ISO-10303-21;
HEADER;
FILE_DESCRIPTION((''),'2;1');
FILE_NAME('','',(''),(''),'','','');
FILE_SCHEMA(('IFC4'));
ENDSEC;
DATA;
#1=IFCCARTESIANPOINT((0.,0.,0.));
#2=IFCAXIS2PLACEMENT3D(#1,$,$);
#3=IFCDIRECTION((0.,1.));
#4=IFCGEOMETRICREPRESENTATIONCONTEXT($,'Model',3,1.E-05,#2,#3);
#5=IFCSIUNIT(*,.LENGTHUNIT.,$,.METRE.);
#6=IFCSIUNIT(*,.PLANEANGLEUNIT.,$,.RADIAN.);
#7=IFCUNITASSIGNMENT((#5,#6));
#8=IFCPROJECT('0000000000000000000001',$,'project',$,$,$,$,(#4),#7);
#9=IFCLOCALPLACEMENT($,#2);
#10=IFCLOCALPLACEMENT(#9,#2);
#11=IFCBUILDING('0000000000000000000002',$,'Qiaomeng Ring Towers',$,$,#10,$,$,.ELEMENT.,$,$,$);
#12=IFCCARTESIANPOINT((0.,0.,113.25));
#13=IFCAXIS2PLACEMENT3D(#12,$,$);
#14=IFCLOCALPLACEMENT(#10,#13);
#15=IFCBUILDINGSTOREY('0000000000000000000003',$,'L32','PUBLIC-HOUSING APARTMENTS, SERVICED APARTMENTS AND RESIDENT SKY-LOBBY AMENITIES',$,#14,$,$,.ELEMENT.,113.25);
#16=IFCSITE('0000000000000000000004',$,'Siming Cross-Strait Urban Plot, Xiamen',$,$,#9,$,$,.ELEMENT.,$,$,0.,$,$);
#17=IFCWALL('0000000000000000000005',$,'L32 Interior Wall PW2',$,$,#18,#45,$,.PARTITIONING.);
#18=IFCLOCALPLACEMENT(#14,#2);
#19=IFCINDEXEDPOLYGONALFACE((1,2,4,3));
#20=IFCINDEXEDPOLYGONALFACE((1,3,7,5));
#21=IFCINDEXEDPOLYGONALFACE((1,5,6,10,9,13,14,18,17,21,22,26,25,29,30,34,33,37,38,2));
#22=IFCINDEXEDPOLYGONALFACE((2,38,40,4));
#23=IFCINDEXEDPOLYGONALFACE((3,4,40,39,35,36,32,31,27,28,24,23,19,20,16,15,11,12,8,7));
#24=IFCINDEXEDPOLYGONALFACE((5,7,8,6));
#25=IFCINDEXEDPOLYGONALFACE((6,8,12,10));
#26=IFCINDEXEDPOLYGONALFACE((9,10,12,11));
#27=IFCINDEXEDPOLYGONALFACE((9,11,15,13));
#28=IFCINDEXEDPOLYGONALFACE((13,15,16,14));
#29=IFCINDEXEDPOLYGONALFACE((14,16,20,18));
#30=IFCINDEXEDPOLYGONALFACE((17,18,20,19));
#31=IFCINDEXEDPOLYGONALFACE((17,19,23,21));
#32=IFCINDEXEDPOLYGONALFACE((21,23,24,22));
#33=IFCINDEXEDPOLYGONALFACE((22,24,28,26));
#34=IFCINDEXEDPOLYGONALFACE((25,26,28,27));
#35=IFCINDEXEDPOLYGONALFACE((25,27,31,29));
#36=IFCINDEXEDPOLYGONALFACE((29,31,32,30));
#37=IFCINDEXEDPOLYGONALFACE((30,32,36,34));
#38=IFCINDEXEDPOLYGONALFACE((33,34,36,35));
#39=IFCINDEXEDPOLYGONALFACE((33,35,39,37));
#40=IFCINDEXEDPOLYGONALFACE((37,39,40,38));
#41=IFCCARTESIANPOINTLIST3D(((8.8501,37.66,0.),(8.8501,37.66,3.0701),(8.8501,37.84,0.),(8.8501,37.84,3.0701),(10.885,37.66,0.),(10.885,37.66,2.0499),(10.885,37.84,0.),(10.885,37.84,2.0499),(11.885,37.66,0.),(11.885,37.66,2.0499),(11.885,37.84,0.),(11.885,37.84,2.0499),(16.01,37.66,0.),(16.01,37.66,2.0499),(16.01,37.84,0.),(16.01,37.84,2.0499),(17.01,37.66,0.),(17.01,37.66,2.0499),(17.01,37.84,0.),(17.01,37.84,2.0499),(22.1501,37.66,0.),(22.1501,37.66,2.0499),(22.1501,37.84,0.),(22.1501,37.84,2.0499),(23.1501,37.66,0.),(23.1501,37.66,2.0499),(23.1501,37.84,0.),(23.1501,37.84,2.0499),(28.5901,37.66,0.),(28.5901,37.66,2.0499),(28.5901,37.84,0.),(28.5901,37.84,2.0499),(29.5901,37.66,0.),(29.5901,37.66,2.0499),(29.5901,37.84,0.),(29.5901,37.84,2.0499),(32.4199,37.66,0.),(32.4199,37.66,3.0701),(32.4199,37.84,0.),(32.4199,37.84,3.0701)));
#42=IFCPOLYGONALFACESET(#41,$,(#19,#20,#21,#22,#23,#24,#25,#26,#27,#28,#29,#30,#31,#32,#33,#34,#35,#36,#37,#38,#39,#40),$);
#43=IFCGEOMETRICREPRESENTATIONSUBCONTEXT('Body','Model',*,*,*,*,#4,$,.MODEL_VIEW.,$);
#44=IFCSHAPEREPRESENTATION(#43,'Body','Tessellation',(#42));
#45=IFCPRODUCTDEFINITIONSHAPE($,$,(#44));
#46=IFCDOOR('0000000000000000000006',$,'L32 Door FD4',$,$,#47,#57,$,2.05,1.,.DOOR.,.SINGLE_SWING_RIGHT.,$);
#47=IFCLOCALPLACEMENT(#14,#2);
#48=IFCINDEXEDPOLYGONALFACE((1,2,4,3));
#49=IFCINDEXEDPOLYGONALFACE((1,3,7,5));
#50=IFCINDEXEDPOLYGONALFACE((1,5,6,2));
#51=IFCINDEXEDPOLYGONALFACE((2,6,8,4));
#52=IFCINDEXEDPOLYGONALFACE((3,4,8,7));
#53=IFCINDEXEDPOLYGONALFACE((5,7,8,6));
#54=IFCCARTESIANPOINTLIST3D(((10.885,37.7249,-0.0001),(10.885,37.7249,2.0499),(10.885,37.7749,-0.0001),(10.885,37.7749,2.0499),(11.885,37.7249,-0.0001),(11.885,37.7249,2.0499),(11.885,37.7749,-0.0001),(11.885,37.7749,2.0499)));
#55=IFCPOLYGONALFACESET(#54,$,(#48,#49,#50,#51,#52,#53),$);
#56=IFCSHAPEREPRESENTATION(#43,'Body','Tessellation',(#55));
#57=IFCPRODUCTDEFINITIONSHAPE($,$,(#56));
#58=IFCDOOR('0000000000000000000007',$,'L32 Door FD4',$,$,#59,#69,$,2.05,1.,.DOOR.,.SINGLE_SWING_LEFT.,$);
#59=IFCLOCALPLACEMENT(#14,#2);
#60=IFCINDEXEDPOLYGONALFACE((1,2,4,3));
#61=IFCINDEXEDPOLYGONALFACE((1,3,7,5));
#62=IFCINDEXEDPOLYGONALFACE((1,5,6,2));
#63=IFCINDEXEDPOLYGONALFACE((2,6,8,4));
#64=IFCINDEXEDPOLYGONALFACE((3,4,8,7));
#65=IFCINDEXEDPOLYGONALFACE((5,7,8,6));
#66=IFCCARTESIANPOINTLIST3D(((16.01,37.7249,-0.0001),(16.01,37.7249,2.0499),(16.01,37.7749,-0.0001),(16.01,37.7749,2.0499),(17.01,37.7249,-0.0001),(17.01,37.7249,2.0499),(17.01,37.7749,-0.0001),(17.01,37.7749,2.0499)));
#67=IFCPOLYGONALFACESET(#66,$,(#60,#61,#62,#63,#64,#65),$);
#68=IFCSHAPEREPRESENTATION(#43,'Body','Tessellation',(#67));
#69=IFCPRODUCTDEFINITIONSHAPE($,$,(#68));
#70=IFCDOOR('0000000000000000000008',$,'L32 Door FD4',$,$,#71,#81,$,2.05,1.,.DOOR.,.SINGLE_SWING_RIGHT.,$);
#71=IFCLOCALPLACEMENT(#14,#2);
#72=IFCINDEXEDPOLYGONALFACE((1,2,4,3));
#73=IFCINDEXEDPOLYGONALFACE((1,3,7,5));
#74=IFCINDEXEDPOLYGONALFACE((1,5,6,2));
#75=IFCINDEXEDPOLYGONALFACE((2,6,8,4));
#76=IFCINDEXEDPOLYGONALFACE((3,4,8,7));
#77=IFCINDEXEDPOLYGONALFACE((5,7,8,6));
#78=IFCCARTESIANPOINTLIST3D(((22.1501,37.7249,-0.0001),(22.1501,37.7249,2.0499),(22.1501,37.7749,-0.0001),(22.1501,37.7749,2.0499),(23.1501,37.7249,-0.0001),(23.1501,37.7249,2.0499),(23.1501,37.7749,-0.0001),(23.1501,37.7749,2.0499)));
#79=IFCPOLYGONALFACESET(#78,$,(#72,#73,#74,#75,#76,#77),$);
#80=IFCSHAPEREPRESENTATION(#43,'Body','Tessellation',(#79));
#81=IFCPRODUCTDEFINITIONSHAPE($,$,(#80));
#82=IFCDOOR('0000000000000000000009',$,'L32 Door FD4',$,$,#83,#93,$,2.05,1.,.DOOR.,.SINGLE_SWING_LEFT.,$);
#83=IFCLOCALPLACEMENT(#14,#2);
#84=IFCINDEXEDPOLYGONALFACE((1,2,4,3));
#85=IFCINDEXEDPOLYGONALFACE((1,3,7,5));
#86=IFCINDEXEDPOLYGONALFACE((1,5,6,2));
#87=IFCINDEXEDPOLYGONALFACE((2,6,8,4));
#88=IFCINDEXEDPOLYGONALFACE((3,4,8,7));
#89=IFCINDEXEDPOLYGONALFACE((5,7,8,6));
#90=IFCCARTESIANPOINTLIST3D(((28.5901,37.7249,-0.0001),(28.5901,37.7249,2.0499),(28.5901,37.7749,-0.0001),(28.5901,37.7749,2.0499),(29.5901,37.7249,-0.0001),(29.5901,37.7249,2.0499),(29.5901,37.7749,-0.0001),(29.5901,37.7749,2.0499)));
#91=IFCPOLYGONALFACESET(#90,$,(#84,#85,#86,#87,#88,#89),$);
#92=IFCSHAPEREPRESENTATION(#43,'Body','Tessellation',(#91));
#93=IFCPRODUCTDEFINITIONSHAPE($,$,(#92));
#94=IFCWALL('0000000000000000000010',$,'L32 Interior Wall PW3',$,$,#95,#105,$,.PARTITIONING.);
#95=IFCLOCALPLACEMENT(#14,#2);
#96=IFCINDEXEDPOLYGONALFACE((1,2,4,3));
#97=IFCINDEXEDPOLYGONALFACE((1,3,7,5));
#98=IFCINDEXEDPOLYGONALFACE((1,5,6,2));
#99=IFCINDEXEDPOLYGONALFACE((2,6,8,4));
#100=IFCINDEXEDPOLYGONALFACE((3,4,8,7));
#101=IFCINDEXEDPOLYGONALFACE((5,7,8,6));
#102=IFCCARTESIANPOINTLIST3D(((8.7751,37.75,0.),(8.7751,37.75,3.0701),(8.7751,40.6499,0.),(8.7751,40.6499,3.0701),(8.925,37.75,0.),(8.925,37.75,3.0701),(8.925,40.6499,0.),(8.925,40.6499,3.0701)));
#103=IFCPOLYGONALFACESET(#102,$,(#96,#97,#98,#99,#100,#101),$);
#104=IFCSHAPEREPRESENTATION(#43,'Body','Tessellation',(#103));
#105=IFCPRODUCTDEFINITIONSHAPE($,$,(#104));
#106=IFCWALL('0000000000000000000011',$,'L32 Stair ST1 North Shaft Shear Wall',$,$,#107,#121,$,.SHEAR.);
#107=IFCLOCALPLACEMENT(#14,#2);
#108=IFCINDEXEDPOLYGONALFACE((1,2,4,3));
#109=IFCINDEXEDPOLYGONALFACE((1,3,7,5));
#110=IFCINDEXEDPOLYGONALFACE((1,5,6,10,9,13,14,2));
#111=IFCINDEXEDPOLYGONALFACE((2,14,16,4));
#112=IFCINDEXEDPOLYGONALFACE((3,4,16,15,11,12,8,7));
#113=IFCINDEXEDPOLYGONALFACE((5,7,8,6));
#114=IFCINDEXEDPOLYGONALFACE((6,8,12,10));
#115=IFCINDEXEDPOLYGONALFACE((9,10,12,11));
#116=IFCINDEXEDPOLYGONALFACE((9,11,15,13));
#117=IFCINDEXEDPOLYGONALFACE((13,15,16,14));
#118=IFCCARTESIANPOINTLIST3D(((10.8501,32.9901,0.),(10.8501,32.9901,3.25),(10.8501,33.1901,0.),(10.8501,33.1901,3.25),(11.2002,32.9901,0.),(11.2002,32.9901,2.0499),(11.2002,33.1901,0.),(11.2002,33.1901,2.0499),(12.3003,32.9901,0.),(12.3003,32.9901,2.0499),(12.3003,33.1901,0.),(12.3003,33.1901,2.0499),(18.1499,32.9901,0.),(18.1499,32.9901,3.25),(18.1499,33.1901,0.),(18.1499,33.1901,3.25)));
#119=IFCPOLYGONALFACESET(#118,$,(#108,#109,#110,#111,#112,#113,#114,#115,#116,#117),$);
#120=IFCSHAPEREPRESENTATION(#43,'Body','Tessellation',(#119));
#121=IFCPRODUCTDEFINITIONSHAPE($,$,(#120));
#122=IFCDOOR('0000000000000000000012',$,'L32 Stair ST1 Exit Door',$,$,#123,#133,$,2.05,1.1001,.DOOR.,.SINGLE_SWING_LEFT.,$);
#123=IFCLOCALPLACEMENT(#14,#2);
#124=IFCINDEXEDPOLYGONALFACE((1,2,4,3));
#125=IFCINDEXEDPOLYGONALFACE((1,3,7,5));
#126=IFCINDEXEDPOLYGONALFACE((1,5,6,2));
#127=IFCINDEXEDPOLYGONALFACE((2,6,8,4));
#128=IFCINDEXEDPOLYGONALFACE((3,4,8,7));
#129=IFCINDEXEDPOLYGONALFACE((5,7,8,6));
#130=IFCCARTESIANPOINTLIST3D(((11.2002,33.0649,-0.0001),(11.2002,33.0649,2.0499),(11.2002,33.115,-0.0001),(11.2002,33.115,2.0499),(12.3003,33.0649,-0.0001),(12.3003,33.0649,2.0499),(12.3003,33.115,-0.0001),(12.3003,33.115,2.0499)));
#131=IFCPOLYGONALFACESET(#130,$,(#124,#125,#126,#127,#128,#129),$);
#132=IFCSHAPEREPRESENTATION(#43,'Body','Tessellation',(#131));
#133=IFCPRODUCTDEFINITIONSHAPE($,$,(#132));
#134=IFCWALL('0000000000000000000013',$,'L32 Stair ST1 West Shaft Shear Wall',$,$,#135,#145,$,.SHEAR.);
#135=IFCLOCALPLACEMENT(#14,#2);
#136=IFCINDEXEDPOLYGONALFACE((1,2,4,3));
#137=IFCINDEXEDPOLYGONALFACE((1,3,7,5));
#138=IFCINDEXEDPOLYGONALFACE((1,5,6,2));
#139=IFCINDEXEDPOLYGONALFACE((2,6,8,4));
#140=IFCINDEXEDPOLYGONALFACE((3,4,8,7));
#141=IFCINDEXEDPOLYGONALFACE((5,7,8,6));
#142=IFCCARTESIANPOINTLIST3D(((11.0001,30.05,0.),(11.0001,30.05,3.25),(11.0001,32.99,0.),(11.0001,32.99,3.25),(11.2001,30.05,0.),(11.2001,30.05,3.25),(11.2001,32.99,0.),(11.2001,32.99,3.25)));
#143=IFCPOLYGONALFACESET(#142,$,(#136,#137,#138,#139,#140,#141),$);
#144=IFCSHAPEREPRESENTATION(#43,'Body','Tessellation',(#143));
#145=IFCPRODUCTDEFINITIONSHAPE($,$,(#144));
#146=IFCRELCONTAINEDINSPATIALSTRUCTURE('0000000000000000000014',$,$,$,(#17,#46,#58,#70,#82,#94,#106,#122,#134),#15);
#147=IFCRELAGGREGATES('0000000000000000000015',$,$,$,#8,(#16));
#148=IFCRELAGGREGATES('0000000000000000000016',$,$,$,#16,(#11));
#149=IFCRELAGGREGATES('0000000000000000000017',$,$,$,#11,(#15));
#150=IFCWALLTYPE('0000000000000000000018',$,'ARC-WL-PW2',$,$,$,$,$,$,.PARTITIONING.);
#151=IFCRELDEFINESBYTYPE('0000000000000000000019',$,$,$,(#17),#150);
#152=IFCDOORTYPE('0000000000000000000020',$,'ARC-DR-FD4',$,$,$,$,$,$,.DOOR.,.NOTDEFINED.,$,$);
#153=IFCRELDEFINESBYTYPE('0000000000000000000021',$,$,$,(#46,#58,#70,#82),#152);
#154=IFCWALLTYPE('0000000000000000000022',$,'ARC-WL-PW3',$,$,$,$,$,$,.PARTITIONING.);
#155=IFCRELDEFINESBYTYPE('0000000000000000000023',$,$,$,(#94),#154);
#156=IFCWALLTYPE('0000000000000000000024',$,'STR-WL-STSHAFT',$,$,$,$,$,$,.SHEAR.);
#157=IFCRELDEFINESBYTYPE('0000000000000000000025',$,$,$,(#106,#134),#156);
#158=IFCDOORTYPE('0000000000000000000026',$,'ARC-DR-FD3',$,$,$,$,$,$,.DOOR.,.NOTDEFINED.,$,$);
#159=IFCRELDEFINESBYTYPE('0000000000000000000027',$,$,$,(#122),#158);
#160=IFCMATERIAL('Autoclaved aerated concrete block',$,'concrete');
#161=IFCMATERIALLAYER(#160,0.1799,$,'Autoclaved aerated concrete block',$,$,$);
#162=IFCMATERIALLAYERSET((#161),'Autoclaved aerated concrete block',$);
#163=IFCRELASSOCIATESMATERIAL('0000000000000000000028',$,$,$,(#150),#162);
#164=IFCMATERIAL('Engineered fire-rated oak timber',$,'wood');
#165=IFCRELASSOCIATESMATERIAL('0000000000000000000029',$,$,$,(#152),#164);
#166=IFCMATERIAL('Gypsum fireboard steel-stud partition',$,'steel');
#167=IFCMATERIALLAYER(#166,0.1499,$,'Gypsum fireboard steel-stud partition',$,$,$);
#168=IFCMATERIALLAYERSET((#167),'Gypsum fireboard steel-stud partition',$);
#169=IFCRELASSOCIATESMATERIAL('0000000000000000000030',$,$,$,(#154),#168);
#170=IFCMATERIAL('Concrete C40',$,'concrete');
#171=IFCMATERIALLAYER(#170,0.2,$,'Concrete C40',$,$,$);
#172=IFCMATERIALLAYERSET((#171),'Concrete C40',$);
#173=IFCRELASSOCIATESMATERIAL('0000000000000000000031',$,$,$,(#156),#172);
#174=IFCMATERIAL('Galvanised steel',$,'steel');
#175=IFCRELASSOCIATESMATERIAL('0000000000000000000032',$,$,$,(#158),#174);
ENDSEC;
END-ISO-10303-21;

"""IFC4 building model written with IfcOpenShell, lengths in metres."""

from ifc_helpers import new_model, si_unit, direction, frame, frame_2d, origin, place, context, subcontext, project, spatial, rectangle, extrude, source, transform, mapped, material, layer, layer_set, type_object, element, fill, save


model = new_model("IFC4")

# Units and contexts
model_context = context("Model", 3, precision=1e-05, world=origin(), true_north=direction((0.0, 1.0)))
body_context = subcontext(model_context, "Body", "Model", "MODEL_VIEW")
ifc_project = project(units=[si_unit("LENGTHUNIT", "METRE"), si_unit("PLANEANGLEUNIT", "RADIAN")], contexts=[model_context])

# Site, building, storey
site_placement = place(None, origin())
site = spatial("IfcSite", under=ifc_project, at=site_placement, Name="Siming Cross-Strait Urban Plot, Xiamen", CompositionType="ELEMENT", RefElevation=0.0)
building_placement = place(site_placement, origin())
building = spatial("IfcBuilding", under=site, at=building_placement, Name="Qiaomeng Ring Towers", CompositionType="ELEMENT")
storey_placement = place(building_placement, frame((0.0, 0.0, 113.25)))
storey = spatial("IfcBuildingStorey", under=building, at=storey_placement, Name="L32", Description="PUBLIC-HOUSING APARTMENTS, SERVICED APARTMENTS AND RESIDENT SKY-LOBBY AMENITIES", CompositionType="ELEMENT", Elevation=113.25)

# Wall, openings, doors
ifc_material_1 = material(Name="Autoclaved aerated concrete block", Category="concrete")
ifc_layer_1 = layer(ifc_material_1, 0.1799, Name="Autoclaved aerated concrete block")
ifc_layer_set_1 = layer_set([ifc_layer_1], Name="Autoclaved aerated concrete block")
wall_type_1 = type_object("IfcWallType", Name="ARC-WL-PW2", PredefinedType="PARTITIONING", material=ifc_layer_set_1)
wall_1_placement = place(storey_placement, frame((8.8501, 37.75, 0.0), z_axis=(0.0, 0.0, 1.0), x_axis=(1.0, 0.0, 0.0)))
wall_1 = element("IfcWall", 1, at=wall_1_placement, inside=storey, type_object=wall_type_1, Name="L32 Interior Wall PW2", PredefinedType="PARTITIONING", context=body_context, shape_type="SweptSolid", body=[
    extrude(rectangle(XDim=23.5698, YDim=0.1799, at=frame_2d((11.7849, 0.0))), origin(), (0.0, 0.0, 1.0), 3.0701),
])
opening_1_placement = place(wall_1_placement, frame((2.0349, 0.0, 0.0)))
opening_1 = element("IfcOpeningElement", 2, at=opening_1_placement, cuts=wall_1, PredefinedType="OPENING", context=body_context, shape_type="SweptSolid", body=[
    extrude(rectangle(XDim=1.0, YDim=2.05, at=frame_2d((0.5, 1.0249))), frame((0.0, 0.0999, 0.0), z_axis=(0.0, -1.0, 0.0), x_axis=(1.0, 0.0, 0.0)), (0.0, 0.0, 1.0), 0.2),
])
opening_2_placement = place(wall_1_placement, frame((7.1599, 0.0, 0.0)))
opening_2 = element("IfcOpeningElement", 3, at=opening_2_placement, cuts=wall_1, PredefinedType="OPENING", context=body_context, shape_type="SweptSolid", body=[
    extrude(rectangle(XDim=1.0, YDim=2.05, at=frame_2d((0.5, 1.0249))), frame((0.0, 0.0999, 0.0), z_axis=(0.0, -1.0, 0.0), x_axis=(1.0, 0.0, 0.0)), (0.0, 0.0, 1.0), 0.2),
])
opening_3_placement = place(wall_1_placement, frame((13.3, 0.0, 0.0)))
opening_3 = element("IfcOpeningElement", 4, at=opening_3_placement, cuts=wall_1, PredefinedType="OPENING", context=body_context, shape_type="SweptSolid", body=[
    extrude(rectangle(XDim=1.0, YDim=2.05, at=frame_2d((0.5, 1.0249))), frame((0.0, 0.0999, 0.0), z_axis=(0.0, -1.0, 0.0), x_axis=(1.0, 0.0, 0.0)), (0.0, 0.0, 1.0), 0.2),
])
opening_4_placement = place(wall_1_placement, frame((19.74, 0.0, 0.0)))
opening_4 = element("IfcOpeningElement", 5, at=opening_4_placement, cuts=wall_1, PredefinedType="OPENING", context=body_context, shape_type="SweptSolid", body=[
    extrude(rectangle(XDim=1.0, YDim=2.05, at=frame_2d((0.5, 1.0249))), frame((0.0, 0.0999, 0.0), z_axis=(0.0, -1.0, 0.0), x_axis=(1.0, 0.0, 0.0)), (0.0, 0.0, 1.0), 0.2),
])
ifc_material_2 = material(Name="Engineered fire-rated oak timber", Category="wood")
door_type_1 = type_object("IfcDoorType", Name="ARC-DR-FD4", OperationType="NOTDEFINED", PredefinedType="DOOR", material=ifc_material_2)
shared_shape_1 = source(origin(), body_context, "Body", "SweptSolid", [
    extrude(rectangle(XDim=1.0, YDim=2.05, at=frame_2d((0.5, 1.0249))), frame((0.0, 0.0249, 0.0), z_axis=(0.0, -1.0, 0.0), x_axis=(1.0, 0.0, 0.0)), (0.0, 0.0, 1.0), 0.05),
])
door_1_placement = place(opening_1_placement, origin())
door_1 = element("IfcDoor", 6, at=door_1_placement, inside=storey, type_object=door_type_1, Name="L32 Door FD4", OperationType="SINGLE_SWING_RIGHT", OverallHeight=2.05, OverallWidth=1.0, PredefinedType="DOOR", context=body_context, shape_type="MappedRepresentation", body=[
    mapped(shared_shape_1, transform((0.0, 0.0, 0.0), x_axis=(1.0, 0.0, 0.0), y_axis=(0.0, 1.0, 0.0), z_axis=(0.0, 0.0, 1.0), scale=1.0)),
])
fill(opening_1, door_1)
door_2_placement = place(opening_2_placement, origin())
door_2 = element("IfcDoor", 7, at=door_2_placement, inside=storey, type_object=door_type_1, Name="L32 Door FD4", OperationType="SINGLE_SWING_LEFT", OverallHeight=2.05, OverallWidth=1.0, PredefinedType="DOOR", context=body_context, shape_type="MappedRepresentation", body=[
    mapped(shared_shape_1, transform((0.0, 0.0, 0.0), x_axis=(1.0, 0.0, 0.0), y_axis=(0.0, 1.0, 0.0), z_axis=(0.0, 0.0, 1.0), scale=1.0)),
])
fill(opening_2, door_2)
door_3_placement = place(opening_3_placement, origin())
door_3 = element("IfcDoor", 8, at=door_3_placement, inside=storey, type_object=door_type_1, Name="L32 Door FD4", OperationType="SINGLE_SWING_RIGHT", OverallHeight=2.05, OverallWidth=1.0, PredefinedType="DOOR", context=body_context, shape_type="MappedRepresentation", body=[
    mapped(shared_shape_1, transform((0.0, 0.0, 0.0), x_axis=(1.0, 0.0, 0.0), y_axis=(0.0, 1.0, 0.0), z_axis=(0.0, 0.0, 1.0), scale=1.0)),
])
fill(opening_3, door_3)
door_4_placement = place(opening_4_placement, origin())
door_4 = element("IfcDoor", 9, at=door_4_placement, inside=storey, type_object=door_type_1, Name="L32 Door FD4", OperationType="SINGLE_SWING_LEFT", OverallHeight=2.05, OverallWidth=1.0, PredefinedType="DOOR", context=body_context, shape_type="MappedRepresentation", body=[
    mapped(shared_shape_1, transform((0.0, 0.0, 0.0), x_axis=(1.0, 0.0, 0.0), y_axis=(0.0, 1.0, 0.0), z_axis=(0.0, 0.0, 1.0), scale=1.0)),
])
fill(opening_4, door_4)

# Wall
ifc_material_3 = material(Name="Gypsum fireboard steel-stud partition", Category="steel")
ifc_layer_2 = layer(ifc_material_3, 0.1499, Name="Gypsum fireboard steel-stud partition")
ifc_layer_set_2 = layer_set([ifc_layer_2], Name="Gypsum fireboard steel-stud partition")
wall_type_2 = type_object("IfcWallType", Name="ARC-WL-PW3", PredefinedType="PARTITIONING", material=ifc_layer_set_2)
wall_2_placement = place(storey_placement, frame((8.8501, 37.75, 0.0), z_axis=(0.0, 0.0, 1.0), x_axis=(0.0, 1.0, 0.0)))
element("IfcWall", 10, at=wall_2_placement, inside=storey, type_object=wall_type_2, Name="L32 Interior Wall PW3", PredefinedType="PARTITIONING", context=body_context, shape_type="SweptSolid", body=[
    extrude(rectangle(XDim=2.8999, YDim=0.1499, at=frame_2d((1.45, 0.0))), origin(), (0.0, 0.0, 1.0), 3.0701),
])

# Wall, opening, door
ifc_material_4 = material(Name="Concrete C40", Category="concrete")
ifc_layer_3 = layer(ifc_material_4, 0.2, Name="Concrete C40")
ifc_layer_set_3 = layer_set([ifc_layer_3], Name="Concrete C40")
wall_type_3 = type_object("IfcWallType", Name="STR-WL-STSHAFT", PredefinedType="SHEAR", material=ifc_layer_set_3)
wall_3_placement = place(storey_placement, frame((10.8501, 33.0901, 0.0), z_axis=(0.0, 0.0, 1.0), x_axis=(1.0, 0.0, 0.0)))
wall_3 = element("IfcWall", 11, at=wall_3_placement, inside=storey, type_object=wall_type_3, Name="L32 Stair ST1 North Shaft Shear Wall", PredefinedType="SHEAR", context=body_context, shape_type="SweptSolid", body=[
    extrude(rectangle(XDim=7.2998, YDim=0.2, at=frame_2d((3.6499, 0.0))), origin(), (0.0, 0.0, 1.0), 3.25),
])
opening_5_placement = place(wall_3_placement, frame((0.3501, 0.0, 0.0)))
opening_5 = element("IfcOpeningElement", 12, at=opening_5_placement, cuts=wall_3, PredefinedType="OPENING", context=body_context, shape_type="SweptSolid", body=[
    extrude(rectangle(XDim=1.1001, YDim=2.05, at=frame_2d((0.55, 1.0249))), frame((0.0, 0.1099, 0.0), z_axis=(0.0, -1.0, 0.0), x_axis=(1.0, 0.0, 0.0)), (0.0, 0.0, 1.0), 0.22),
])
ifc_material_5 = material(Name="Galvanised steel", Category="steel")
door_type_2 = type_object("IfcDoorType", Name="ARC-DR-FD3", OperationType="NOTDEFINED", PredefinedType="DOOR", material=ifc_material_5)
shared_shape_2 = source(origin(), body_context, "Body", "SweptSolid", [
    extrude(rectangle(XDim=1.1001, YDim=2.05, at=frame_2d((0.55, 1.0249))), frame((0.0, 0.0249, 0.0), z_axis=(0.0, -1.0, 0.0), x_axis=(1.0, 0.0, 0.0)), (0.0, 0.0, 1.0), 0.05),
])
door_5_placement = place(opening_5_placement, origin())
door_5 = element("IfcDoor", 13, at=door_5_placement, inside=storey, type_object=door_type_2, Name="L32 Stair ST1 Exit Door", OperationType="SINGLE_SWING_LEFT", OverallHeight=2.05, OverallWidth=1.1001, PredefinedType="DOOR", context=body_context, shape_type="MappedRepresentation", body=[
    mapped(shared_shape_2, transform((0.0, 0.0, 0.0), x_axis=(1.0, 0.0, 0.0), y_axis=(0.0, 1.0, 0.0), z_axis=(0.0, 0.0, 1.0), scale=1.0)),
])
fill(opening_5, door_5)

# Wall
wall_4_placement = place(storey_placement, frame((11.1001, 30.05, 0.0), z_axis=(0.0, 0.0, 1.0), x_axis=(0.0, 1.0, 0.0)))
element("IfcWall", 14, at=wall_4_placement, inside=storey, type_object=wall_type_3, Name="L32 Stair ST1 West Shaft Shear Wall", PredefinedType="SHEAR", context=body_context, shape_type="SweptSolid", body=[
    extrude(rectangle(XDim=2.9399, YDim=0.2, at=frame_2d((1.47, 0.0))), origin(), (0.0, 0.0, 1.0), 3.25),
])

save(model, "model.ifc")
